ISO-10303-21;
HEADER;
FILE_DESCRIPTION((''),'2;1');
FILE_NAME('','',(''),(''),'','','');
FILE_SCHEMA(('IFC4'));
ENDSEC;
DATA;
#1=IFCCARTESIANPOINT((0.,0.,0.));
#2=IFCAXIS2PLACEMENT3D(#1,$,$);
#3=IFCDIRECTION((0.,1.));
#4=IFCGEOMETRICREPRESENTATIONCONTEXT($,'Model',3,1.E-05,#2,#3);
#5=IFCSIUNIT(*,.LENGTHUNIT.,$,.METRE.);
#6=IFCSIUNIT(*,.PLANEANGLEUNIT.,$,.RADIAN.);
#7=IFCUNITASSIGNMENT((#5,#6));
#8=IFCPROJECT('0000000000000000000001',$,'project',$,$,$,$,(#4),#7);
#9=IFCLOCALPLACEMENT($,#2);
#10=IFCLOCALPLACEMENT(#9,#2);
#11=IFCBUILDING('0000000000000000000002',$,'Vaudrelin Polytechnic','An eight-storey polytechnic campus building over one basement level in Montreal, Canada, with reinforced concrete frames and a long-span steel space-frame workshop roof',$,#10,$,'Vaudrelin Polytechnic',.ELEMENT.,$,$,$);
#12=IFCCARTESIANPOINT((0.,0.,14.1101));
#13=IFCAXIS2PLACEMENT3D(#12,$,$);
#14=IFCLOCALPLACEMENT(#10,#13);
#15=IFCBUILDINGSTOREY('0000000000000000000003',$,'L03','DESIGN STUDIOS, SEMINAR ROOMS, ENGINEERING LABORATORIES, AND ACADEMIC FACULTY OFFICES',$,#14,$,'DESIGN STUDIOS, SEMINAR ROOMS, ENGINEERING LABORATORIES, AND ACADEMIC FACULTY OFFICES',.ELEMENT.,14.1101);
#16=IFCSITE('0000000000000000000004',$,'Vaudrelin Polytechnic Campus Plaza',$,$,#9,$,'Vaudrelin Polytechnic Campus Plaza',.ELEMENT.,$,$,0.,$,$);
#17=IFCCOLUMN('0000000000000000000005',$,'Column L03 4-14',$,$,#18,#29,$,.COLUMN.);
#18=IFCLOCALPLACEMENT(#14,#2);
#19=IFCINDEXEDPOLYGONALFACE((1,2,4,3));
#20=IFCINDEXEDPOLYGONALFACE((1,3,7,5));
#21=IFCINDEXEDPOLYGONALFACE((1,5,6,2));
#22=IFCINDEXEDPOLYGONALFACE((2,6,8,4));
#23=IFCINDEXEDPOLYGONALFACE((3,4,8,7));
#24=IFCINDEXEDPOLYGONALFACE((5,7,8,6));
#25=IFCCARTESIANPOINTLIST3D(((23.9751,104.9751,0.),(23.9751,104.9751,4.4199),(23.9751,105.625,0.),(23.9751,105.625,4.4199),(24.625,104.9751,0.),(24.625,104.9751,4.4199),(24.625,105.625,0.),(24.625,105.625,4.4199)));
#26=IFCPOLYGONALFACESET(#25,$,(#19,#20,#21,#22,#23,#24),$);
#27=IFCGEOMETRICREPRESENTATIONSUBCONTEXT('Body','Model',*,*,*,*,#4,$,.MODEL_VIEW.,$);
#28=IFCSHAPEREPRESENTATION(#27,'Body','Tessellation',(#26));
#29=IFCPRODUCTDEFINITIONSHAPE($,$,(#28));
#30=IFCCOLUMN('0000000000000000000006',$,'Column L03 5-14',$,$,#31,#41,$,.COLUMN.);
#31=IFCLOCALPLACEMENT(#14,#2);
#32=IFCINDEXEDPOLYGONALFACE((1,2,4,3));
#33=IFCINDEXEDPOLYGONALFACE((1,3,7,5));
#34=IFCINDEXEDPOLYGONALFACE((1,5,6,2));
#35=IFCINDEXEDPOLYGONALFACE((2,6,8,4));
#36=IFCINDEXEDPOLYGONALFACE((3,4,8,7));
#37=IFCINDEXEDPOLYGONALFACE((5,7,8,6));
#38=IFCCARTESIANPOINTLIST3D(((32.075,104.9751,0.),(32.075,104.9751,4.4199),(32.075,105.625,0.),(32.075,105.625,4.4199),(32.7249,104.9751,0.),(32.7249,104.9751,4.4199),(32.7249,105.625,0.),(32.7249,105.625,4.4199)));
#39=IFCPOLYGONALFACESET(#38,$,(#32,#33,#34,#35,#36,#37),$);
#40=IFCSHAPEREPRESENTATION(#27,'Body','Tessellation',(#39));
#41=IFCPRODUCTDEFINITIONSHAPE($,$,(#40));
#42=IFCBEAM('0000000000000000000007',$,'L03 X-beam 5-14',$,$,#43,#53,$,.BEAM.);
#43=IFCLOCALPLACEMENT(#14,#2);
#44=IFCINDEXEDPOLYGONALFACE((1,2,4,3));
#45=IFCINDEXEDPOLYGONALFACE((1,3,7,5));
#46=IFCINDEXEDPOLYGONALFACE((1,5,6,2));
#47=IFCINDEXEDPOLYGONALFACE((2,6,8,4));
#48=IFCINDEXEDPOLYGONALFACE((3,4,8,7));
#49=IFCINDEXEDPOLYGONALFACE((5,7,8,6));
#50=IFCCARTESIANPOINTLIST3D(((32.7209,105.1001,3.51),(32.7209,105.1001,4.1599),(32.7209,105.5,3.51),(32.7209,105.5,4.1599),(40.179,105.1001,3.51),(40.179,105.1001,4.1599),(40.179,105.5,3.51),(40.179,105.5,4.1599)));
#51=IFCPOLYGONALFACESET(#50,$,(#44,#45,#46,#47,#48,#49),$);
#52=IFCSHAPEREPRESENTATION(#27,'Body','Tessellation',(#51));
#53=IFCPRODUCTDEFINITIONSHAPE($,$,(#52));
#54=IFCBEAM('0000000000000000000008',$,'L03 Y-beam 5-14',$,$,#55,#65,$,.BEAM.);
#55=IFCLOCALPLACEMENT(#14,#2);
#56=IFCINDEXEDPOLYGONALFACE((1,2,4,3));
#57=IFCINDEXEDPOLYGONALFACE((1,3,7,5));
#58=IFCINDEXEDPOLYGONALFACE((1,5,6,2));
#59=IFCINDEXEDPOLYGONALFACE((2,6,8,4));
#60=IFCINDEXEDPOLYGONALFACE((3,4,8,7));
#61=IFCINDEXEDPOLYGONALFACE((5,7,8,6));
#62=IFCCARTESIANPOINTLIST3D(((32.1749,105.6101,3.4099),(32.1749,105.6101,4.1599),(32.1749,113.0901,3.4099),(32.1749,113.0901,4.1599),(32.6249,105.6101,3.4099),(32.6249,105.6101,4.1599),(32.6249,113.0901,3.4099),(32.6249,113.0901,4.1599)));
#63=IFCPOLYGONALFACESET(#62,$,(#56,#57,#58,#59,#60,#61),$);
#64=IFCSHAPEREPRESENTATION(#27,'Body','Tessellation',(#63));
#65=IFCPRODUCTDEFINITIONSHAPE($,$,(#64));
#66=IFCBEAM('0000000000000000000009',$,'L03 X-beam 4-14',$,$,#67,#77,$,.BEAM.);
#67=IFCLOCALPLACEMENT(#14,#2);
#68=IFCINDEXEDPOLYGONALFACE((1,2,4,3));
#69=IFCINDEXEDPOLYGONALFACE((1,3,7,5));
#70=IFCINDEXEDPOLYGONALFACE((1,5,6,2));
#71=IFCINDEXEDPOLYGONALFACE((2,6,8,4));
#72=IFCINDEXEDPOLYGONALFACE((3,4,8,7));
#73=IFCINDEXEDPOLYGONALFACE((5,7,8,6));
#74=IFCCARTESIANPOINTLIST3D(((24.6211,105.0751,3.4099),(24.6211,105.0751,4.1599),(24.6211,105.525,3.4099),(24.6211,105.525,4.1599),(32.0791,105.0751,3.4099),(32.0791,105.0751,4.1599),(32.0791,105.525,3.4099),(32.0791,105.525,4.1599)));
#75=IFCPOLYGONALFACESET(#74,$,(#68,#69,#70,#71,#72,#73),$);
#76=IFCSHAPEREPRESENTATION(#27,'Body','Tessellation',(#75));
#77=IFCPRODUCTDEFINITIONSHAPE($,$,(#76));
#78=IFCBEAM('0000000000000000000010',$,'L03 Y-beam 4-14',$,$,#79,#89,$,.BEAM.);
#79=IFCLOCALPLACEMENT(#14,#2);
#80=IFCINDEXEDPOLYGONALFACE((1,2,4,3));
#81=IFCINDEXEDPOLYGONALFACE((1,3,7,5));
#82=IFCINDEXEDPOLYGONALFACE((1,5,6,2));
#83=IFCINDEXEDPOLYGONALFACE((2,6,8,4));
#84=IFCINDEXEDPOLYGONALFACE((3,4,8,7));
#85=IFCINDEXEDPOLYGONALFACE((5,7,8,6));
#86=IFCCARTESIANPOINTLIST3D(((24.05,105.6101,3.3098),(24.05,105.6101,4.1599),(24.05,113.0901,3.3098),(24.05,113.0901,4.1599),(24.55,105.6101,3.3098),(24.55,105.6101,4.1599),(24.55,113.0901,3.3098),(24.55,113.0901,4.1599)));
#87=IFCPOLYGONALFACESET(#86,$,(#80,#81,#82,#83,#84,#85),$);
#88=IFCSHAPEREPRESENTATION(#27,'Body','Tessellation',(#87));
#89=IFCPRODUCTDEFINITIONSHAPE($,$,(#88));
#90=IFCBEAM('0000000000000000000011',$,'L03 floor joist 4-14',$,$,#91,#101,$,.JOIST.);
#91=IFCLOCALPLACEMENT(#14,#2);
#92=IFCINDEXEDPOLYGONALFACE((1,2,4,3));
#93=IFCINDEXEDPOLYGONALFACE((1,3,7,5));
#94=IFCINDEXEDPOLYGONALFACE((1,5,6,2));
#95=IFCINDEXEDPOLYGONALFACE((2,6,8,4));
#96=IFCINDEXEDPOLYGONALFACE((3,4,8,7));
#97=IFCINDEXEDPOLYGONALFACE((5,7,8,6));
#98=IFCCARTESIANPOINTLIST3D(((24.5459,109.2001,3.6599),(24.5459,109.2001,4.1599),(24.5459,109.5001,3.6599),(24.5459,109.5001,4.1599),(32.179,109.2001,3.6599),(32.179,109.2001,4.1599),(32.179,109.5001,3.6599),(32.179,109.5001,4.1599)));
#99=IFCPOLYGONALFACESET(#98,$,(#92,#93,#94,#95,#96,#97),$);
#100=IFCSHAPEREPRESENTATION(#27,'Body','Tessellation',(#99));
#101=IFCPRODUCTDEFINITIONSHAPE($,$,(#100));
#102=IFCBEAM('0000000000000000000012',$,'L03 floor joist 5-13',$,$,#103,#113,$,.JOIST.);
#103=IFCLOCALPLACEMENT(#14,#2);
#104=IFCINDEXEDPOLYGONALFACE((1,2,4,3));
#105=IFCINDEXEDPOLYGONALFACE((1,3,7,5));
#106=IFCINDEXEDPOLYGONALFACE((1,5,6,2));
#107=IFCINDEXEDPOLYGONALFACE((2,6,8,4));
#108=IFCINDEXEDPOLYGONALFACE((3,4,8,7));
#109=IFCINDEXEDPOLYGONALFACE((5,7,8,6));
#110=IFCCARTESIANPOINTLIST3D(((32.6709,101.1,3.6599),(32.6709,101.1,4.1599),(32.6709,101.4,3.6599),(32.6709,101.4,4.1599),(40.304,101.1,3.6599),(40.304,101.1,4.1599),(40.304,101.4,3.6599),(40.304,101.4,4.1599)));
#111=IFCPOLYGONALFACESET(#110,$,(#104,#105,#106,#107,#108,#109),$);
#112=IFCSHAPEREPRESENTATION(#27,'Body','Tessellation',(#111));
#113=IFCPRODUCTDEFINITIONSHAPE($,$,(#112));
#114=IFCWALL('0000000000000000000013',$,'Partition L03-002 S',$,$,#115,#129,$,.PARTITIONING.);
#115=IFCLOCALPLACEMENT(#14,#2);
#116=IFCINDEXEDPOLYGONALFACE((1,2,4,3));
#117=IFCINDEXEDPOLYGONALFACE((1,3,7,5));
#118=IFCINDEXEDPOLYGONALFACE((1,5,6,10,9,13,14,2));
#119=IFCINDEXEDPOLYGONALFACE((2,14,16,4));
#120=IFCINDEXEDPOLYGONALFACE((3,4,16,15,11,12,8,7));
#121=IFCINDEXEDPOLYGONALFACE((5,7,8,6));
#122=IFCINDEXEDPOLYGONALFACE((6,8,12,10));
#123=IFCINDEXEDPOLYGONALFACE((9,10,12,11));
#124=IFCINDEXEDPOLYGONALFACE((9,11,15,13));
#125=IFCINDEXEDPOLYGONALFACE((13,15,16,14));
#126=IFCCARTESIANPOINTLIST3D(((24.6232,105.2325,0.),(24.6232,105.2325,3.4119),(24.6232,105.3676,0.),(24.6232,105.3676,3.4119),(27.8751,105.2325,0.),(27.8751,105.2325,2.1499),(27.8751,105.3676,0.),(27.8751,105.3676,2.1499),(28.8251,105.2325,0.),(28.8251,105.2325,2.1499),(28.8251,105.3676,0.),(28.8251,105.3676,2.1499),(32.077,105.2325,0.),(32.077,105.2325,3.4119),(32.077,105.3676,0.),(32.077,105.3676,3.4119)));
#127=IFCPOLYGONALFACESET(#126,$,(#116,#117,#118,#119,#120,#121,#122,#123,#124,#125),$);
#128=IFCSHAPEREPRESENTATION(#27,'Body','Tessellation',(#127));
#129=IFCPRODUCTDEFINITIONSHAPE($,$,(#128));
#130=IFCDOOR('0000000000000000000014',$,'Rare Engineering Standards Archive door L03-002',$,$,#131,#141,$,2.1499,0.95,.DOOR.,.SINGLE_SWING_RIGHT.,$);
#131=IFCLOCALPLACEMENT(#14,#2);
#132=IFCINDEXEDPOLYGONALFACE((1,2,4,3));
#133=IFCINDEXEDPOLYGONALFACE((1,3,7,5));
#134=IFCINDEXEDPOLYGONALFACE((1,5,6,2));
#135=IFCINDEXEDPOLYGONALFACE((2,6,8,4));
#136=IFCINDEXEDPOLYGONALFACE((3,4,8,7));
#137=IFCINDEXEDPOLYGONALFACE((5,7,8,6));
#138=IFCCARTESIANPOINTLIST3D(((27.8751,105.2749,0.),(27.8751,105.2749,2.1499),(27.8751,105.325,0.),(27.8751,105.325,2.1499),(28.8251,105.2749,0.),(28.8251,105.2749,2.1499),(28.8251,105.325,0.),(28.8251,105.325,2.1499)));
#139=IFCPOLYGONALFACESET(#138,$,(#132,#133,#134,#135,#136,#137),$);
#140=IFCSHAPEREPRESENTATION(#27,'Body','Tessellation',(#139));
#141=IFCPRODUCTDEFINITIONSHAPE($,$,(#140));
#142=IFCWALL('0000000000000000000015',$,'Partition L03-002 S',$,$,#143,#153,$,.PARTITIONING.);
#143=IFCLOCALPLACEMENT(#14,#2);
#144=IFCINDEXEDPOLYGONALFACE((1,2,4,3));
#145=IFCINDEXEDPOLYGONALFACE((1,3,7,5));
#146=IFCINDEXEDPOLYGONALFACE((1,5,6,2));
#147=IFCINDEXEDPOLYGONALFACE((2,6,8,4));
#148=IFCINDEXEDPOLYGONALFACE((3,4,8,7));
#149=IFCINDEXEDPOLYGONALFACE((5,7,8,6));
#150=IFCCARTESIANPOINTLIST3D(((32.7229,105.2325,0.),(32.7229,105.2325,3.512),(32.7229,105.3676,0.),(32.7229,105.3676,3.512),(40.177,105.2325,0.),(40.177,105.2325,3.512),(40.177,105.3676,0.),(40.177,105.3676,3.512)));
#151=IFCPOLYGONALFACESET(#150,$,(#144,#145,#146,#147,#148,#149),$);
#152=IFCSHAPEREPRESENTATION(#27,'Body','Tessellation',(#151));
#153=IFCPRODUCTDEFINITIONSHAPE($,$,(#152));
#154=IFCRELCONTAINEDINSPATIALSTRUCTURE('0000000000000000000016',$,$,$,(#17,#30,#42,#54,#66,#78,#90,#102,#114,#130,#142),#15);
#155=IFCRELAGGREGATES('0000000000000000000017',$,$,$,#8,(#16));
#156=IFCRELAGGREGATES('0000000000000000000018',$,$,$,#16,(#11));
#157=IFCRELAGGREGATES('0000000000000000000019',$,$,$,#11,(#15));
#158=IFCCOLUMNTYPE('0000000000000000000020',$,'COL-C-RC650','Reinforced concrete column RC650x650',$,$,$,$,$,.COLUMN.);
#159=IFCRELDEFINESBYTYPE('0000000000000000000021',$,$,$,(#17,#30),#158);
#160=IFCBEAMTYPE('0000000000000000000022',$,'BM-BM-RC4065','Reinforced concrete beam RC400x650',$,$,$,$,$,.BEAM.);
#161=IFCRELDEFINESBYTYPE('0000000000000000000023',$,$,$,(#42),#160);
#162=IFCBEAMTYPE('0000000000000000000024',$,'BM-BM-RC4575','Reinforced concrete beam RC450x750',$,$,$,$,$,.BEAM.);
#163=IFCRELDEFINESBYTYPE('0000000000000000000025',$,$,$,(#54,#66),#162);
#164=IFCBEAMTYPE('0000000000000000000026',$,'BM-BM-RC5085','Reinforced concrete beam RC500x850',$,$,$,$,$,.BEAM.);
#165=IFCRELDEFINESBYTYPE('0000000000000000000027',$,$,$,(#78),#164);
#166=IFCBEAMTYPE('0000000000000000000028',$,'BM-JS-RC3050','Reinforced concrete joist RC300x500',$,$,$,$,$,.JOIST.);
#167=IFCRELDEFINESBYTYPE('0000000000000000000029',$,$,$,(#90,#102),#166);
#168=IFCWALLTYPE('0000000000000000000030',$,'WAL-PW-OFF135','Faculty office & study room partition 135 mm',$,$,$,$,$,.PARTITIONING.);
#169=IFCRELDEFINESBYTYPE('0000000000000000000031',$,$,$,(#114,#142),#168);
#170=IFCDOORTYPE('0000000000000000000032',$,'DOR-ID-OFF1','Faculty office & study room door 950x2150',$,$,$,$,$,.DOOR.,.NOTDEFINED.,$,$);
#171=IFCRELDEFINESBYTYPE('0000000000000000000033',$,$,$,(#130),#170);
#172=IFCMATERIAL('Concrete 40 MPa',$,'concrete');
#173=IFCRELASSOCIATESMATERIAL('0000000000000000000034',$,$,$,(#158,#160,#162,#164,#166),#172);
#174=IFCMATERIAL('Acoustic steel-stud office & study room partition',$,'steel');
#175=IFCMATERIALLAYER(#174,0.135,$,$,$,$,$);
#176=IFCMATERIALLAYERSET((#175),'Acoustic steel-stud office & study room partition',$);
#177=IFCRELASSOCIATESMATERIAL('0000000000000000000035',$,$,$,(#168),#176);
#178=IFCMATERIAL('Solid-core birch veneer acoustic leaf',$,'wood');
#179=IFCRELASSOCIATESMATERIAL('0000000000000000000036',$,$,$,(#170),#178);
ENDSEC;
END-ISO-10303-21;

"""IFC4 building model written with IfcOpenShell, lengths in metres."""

from ifc_helpers import new_model, si_unit, direction, frame, frame_2d, origin, origin_2d, place, context, subcontext, project, spatial, rectangle, extrude, material, layer, layer_set, material_profile, profile_set, type_object, element, fill, save


model = new_model("IFC4")

# Units and contexts
model_context = context("Model", 3, precision=1e-05, world=origin(), true_north=direction((0.0, 1.0)))
body_context = subcontext(model_context, "Body", "Model", "MODEL_VIEW")
ifc_project = project(units=[si_unit("LENGTHUNIT", "METRE"), si_unit("PLANEANGLEUNIT", "RADIAN")], contexts=[model_context])

# Site, building, storey
site_placement = place(None, origin())
site = spatial("IfcSite", under=ifc_project, at=site_placement, Name="Vaudrelin Polytechnic Campus Plaza", LongName="Vaudrelin Polytechnic Campus Plaza", CompositionType="ELEMENT", RefElevation=0.0)
building_placement = place(site_placement, origin())
building = spatial("IfcBuilding", under=site, at=building_placement, Name="Vaudrelin Polytechnic", Description="An eight-storey polytechnic campus building over one basement level in Montreal, Canada, with reinforced concrete frames and a long-span steel space-frame workshop roof", LongName="Vaudrelin Polytechnic", CompositionType="ELEMENT")
storey_placement = place(building_placement, frame((0.0, 0.0, 14.1101)))
storey = spatial("IfcBuildingStorey", under=building, at=storey_placement, Name="L03", Description="DESIGN STUDIOS, SEMINAR ROOMS, ENGINEERING LABORATORIES, AND ACADEMIC FACULTY OFFICES", LongName="DESIGN STUDIOS, SEMINAR ROOMS, ENGINEERING LABORATORIES, AND ACADEMIC FACULTY OFFICES", CompositionType="ELEMENT", Elevation=14.1101)

# Columns
ifc_material_1 = material(Name="Concrete 40 MPa", Category="concrete")
ifc_material_profile_1 = material_profile(ifc_material_1, rectangle(XDim=0.6499, YDim=0.6499, at=origin_2d()), Name="RC650x650")
ifc_profile_set_1 = profile_set([ifc_material_profile_1], Name="Concrete 40 MPa")
column_type = type_object("IfcColumnType", Name="COL-C-RC650", Description="Reinforced concrete column RC650x650", PredefinedType="COLUMN", material=ifc_profile_set_1)
for number, where, z_axis, x_axis, name in (
    (1, (24.3, 105.3, 0.0), (0.0, 0.0, 1.0), (1.0, 0.0, 0.0), "Column L03 4-14"),
    (2, (32.3999, 105.3, 0.0), (0.0, 0.0, 1.0), (1.0, 0.0, 0.0), "Column L03 5-14"),
):
    element("IfcColumn", number, at=place(storey_placement, frame(where, z_axis=z_axis, x_axis=x_axis)), inside=storey, type_object=column_type, Name=name, PredefinedType="COLUMN", context=body_context, shape_type="SweptSolid", body=[
        extrude(rectangle(XDim=0.6499, YDim=0.6499, at=origin_2d()), origin(), (0.0, 0.0, 1.0), 4.4199),
    ])

# Beams
ifc_material_profile_2 = material_profile(ifc_material_1, rectangle(XDim=0.3999, YDim=0.6499, at=origin_2d()), Name="RC400x650")
ifc_profile_set_2 = profile_set([ifc_material_profile_2], Name="Concrete 40 MPa")
beam_type_1 = type_object("IfcBeamType", Name="BM-BM-RC4065", Description="Reinforced concrete beam RC400x650", PredefinedType="BEAM", material=ifc_profile_set_2)
beam_1_placement = place(storey_placement, frame((32.7209, 105.3, 3.835), z_axis=(1.0, 0.0, 0.0), x_axis=(0.0, 1.0, 0.0)))
element("IfcBeam", 3, at=beam_1_placement, inside=storey, type_object=beam_type_1, Name="L03 X-beam 5-14", PredefinedType="BEAM", context=body_context, shape_type="SweptSolid", body=[
    extrude(rectangle(XDim=0.3999, YDim=0.6499, at=origin_2d()), origin(), (0.0, 0.0, 1.0), 7.458),
])
ifc_material_profile_3 = material_profile(ifc_material_1, rectangle(XDim=0.45, YDim=0.75, at=origin_2d()), Name="RC450x750")
ifc_profile_set_3 = profile_set([ifc_material_profile_3], Name="Concrete 40 MPa")
beam_type_2 = type_object("IfcBeamType", Name="BM-BM-RC4575", Description="Reinforced concrete beam RC450x750", PredefinedType="BEAM", material=ifc_profile_set_3)
beam_2_placement = place(storey_placement, frame((32.3999, 105.6101, 3.7849), z_axis=(0.0, 1.0, 0.0), x_axis=(-1.0, 0.0, 0.0)))
element("IfcBeam", 4, at=beam_2_placement, inside=storey, type_object=beam_type_2, Name="L03 Y-beam 5-14", PredefinedType="BEAM", context=body_context, shape_type="SweptSolid", body=[
    extrude(rectangle(XDim=0.45, YDim=0.75, at=origin_2d()), origin(), (0.0, 0.0, 1.0), 7.48),
])
beam_3_placement = place(storey_placement, frame((24.6211, 105.3, 3.7849), z_axis=(1.0, 0.0, 0.0), x_axis=(0.0, 1.0, 0.0)))
element("IfcBeam", 5, at=beam_3_placement, inside=storey, type_object=beam_type_2, Name="L03 X-beam 4-14", PredefinedType="BEAM", context=body_context, shape_type="SweptSolid", body=[
    extrude(rectangle(XDim=0.45, YDim=0.75, at=origin_2d()), origin(), (0.0, 0.0, 1.0), 7.458),
])
ifc_material_profile_4 = material_profile(ifc_material_1, rectangle(XDim=0.5, YDim=0.8501, at=origin_2d()), Name="RC500x850")
ifc_profile_set_4 = profile_set([ifc_material_profile_4], Name="Concrete 40 MPa")
beam_type_3 = type_object("IfcBeamType", Name="BM-BM-RC5085", Description="Reinforced concrete beam RC500x850", PredefinedType="BEAM", material=ifc_profile_set_4)
beam_4_placement = place(storey_placement, frame((24.3, 105.6101, 3.7349), z_axis=(0.0, 1.0, 0.0), x_axis=(-1.0, 0.0, 0.0)))
element("IfcBeam", 6, at=beam_4_placement, inside=storey, type_object=beam_type_3, Name="L03 Y-beam 4-14", PredefinedType="BEAM", context=body_context, shape_type="SweptSolid", body=[
    extrude(rectangle(XDim=0.5, YDim=0.8501, at=origin_2d()), origin(), (0.0, 0.0, 1.0), 7.48),
])
ifc_material_profile_5 = material_profile(ifc_material_1, rectangle(XDim=0.3, YDim=0.5, at=origin_2d()), Name="RC300x500")
ifc_profile_set_5 = profile_set([ifc_material_profile_5], Name="Concrete 40 MPa")
beam_type_4 = type_object("IfcBeamType", Name="BM-JS-RC3050", Description="Reinforced concrete joist RC300x500", PredefinedType="JOIST", material=ifc_profile_set_5)
for number, where, z_axis, x_axis, name in (
    (7, (24.5459, 109.3501, 3.9099), (1.0, 0.0, 0.0), (0.0, 1.0, 0.0), "L03 floor joist 4-14"),
    (8, (32.6709, 101.25, 3.9099), (1.0, 0.0, 0.0), (0.0, 1.0, 0.0), "L03 floor joist 5-13"),
):
    element("IfcBeam", number, at=place(storey_placement, frame(where, z_axis=z_axis, x_axis=x_axis)), inside=storey, type_object=beam_type_4, Name=name, PredefinedType="JOIST", context=body_context, shape_type="SweptSolid", body=[
        extrude(rectangle(XDim=0.3, YDim=0.5, at=origin_2d()), origin(), (0.0, 0.0, 1.0), 7.6331),
    ])

# Wall, opening, door
ifc_material_2 = material(Name="Acoustic steel-stud office & study room partition", Category="steel")
ifc_layer_1 = layer(ifc_material_2, 0.135)
ifc_layer_set_1 = layer_set([ifc_layer_1], Name="Acoustic steel-stud office & study room partition")
wall_type_1 = type_object("IfcWallType", Name="WAL-PW-OFF135", Description="Faculty office & study room partition 135 mm", PredefinedType="PARTITIONING", material=ifc_layer_set_1)
wall_1_placement = place(storey_placement, frame((24.623, 105.3, 0.0), z_axis=(0.0, 0.0, 1.0), x_axis=(1.0, 0.0, 0.0)))
wall_1 = element("IfcWall", 9, at=wall_1_placement, inside=storey, type_object=wall_type_1, Name="Partition L03-002 S", PredefinedType="PARTITIONING", context=body_context, shape_type="SweptSolid", body=[
    extrude(rectangle(XDim=7.4539, YDim=0.135, at=frame_2d((3.7271, 0.0))), origin(), (0.0, 0.0, 1.0), 3.4119),
])
opening_1_placement = place(wall_1_placement, frame((3.252, 0.0, 0.0)))
opening_1 = element("IfcOpeningElement", 10, at=opening_1_placement, cuts=wall_1, PredefinedType="OPENING", context=body_context, shape_type="SweptSolid", body=[
    extrude(rectangle(XDim=0.95, YDim=2.1499, at=frame_2d((0.4751, 1.075))), frame((0.0, 0.0776, 0.0), z_axis=(0.0, -1.0, 0.0), x_axis=(1.0, 0.0, 0.0)), (0.0, 0.0, 1.0), 0.155),
])
ifc_material_3 = material(Name="Solid-core birch veneer acoustic leaf", Category="wood")
door_type_1 = type_object("IfcDoorType", Name="DOR-ID-OFF1", Description="Faculty office & study room door 950x2150", OperationType="NOTDEFINED", PredefinedType="DOOR", material=ifc_material_3)
door_1_placement = place(opening_1_placement, origin())
door_1 = element("IfcDoor", 11, at=door_1_placement, inside=storey, type_object=door_type_1, Name="Rare Engineering Standards Archive door L03-002", OperationType="SINGLE_SWING_RIGHT", OverallHeight=2.1499, OverallWidth=0.95, PredefinedType="DOOR", context=body_context, shape_type="SweptSolid", body=[
    extrude(rectangle(XDim=0.95, YDim=2.1499, at=frame_2d((0.4751, 1.075))), frame((0.0, 0.0249, 0.0), z_axis=(0.0, -1.0, 0.0), x_axis=(1.0, 0.0, 0.0)), (0.0, 0.0, 1.0), 0.05),
])
fill(opening_1, door_1)

# Wall
wall_2_placement = place(storey_placement, frame((32.7229, 105.3, 0.0), z_axis=(0.0, 0.0, 1.0), x_axis=(1.0, 0.0, 0.0)))
element("IfcWall", 12, at=wall_2_placement, inside=storey, type_object=wall_type_1, Name="Partition L03-002 S", PredefinedType="PARTITIONING", context=body_context, shape_type="SweptSolid", body=[
    extrude(rectangle(XDim=7.4541, YDim=0.135, at=frame_2d((3.7271, 0.0))), origin(), (0.0, 0.0, 1.0), 3.512),
])

save(model, "model.ifc")
